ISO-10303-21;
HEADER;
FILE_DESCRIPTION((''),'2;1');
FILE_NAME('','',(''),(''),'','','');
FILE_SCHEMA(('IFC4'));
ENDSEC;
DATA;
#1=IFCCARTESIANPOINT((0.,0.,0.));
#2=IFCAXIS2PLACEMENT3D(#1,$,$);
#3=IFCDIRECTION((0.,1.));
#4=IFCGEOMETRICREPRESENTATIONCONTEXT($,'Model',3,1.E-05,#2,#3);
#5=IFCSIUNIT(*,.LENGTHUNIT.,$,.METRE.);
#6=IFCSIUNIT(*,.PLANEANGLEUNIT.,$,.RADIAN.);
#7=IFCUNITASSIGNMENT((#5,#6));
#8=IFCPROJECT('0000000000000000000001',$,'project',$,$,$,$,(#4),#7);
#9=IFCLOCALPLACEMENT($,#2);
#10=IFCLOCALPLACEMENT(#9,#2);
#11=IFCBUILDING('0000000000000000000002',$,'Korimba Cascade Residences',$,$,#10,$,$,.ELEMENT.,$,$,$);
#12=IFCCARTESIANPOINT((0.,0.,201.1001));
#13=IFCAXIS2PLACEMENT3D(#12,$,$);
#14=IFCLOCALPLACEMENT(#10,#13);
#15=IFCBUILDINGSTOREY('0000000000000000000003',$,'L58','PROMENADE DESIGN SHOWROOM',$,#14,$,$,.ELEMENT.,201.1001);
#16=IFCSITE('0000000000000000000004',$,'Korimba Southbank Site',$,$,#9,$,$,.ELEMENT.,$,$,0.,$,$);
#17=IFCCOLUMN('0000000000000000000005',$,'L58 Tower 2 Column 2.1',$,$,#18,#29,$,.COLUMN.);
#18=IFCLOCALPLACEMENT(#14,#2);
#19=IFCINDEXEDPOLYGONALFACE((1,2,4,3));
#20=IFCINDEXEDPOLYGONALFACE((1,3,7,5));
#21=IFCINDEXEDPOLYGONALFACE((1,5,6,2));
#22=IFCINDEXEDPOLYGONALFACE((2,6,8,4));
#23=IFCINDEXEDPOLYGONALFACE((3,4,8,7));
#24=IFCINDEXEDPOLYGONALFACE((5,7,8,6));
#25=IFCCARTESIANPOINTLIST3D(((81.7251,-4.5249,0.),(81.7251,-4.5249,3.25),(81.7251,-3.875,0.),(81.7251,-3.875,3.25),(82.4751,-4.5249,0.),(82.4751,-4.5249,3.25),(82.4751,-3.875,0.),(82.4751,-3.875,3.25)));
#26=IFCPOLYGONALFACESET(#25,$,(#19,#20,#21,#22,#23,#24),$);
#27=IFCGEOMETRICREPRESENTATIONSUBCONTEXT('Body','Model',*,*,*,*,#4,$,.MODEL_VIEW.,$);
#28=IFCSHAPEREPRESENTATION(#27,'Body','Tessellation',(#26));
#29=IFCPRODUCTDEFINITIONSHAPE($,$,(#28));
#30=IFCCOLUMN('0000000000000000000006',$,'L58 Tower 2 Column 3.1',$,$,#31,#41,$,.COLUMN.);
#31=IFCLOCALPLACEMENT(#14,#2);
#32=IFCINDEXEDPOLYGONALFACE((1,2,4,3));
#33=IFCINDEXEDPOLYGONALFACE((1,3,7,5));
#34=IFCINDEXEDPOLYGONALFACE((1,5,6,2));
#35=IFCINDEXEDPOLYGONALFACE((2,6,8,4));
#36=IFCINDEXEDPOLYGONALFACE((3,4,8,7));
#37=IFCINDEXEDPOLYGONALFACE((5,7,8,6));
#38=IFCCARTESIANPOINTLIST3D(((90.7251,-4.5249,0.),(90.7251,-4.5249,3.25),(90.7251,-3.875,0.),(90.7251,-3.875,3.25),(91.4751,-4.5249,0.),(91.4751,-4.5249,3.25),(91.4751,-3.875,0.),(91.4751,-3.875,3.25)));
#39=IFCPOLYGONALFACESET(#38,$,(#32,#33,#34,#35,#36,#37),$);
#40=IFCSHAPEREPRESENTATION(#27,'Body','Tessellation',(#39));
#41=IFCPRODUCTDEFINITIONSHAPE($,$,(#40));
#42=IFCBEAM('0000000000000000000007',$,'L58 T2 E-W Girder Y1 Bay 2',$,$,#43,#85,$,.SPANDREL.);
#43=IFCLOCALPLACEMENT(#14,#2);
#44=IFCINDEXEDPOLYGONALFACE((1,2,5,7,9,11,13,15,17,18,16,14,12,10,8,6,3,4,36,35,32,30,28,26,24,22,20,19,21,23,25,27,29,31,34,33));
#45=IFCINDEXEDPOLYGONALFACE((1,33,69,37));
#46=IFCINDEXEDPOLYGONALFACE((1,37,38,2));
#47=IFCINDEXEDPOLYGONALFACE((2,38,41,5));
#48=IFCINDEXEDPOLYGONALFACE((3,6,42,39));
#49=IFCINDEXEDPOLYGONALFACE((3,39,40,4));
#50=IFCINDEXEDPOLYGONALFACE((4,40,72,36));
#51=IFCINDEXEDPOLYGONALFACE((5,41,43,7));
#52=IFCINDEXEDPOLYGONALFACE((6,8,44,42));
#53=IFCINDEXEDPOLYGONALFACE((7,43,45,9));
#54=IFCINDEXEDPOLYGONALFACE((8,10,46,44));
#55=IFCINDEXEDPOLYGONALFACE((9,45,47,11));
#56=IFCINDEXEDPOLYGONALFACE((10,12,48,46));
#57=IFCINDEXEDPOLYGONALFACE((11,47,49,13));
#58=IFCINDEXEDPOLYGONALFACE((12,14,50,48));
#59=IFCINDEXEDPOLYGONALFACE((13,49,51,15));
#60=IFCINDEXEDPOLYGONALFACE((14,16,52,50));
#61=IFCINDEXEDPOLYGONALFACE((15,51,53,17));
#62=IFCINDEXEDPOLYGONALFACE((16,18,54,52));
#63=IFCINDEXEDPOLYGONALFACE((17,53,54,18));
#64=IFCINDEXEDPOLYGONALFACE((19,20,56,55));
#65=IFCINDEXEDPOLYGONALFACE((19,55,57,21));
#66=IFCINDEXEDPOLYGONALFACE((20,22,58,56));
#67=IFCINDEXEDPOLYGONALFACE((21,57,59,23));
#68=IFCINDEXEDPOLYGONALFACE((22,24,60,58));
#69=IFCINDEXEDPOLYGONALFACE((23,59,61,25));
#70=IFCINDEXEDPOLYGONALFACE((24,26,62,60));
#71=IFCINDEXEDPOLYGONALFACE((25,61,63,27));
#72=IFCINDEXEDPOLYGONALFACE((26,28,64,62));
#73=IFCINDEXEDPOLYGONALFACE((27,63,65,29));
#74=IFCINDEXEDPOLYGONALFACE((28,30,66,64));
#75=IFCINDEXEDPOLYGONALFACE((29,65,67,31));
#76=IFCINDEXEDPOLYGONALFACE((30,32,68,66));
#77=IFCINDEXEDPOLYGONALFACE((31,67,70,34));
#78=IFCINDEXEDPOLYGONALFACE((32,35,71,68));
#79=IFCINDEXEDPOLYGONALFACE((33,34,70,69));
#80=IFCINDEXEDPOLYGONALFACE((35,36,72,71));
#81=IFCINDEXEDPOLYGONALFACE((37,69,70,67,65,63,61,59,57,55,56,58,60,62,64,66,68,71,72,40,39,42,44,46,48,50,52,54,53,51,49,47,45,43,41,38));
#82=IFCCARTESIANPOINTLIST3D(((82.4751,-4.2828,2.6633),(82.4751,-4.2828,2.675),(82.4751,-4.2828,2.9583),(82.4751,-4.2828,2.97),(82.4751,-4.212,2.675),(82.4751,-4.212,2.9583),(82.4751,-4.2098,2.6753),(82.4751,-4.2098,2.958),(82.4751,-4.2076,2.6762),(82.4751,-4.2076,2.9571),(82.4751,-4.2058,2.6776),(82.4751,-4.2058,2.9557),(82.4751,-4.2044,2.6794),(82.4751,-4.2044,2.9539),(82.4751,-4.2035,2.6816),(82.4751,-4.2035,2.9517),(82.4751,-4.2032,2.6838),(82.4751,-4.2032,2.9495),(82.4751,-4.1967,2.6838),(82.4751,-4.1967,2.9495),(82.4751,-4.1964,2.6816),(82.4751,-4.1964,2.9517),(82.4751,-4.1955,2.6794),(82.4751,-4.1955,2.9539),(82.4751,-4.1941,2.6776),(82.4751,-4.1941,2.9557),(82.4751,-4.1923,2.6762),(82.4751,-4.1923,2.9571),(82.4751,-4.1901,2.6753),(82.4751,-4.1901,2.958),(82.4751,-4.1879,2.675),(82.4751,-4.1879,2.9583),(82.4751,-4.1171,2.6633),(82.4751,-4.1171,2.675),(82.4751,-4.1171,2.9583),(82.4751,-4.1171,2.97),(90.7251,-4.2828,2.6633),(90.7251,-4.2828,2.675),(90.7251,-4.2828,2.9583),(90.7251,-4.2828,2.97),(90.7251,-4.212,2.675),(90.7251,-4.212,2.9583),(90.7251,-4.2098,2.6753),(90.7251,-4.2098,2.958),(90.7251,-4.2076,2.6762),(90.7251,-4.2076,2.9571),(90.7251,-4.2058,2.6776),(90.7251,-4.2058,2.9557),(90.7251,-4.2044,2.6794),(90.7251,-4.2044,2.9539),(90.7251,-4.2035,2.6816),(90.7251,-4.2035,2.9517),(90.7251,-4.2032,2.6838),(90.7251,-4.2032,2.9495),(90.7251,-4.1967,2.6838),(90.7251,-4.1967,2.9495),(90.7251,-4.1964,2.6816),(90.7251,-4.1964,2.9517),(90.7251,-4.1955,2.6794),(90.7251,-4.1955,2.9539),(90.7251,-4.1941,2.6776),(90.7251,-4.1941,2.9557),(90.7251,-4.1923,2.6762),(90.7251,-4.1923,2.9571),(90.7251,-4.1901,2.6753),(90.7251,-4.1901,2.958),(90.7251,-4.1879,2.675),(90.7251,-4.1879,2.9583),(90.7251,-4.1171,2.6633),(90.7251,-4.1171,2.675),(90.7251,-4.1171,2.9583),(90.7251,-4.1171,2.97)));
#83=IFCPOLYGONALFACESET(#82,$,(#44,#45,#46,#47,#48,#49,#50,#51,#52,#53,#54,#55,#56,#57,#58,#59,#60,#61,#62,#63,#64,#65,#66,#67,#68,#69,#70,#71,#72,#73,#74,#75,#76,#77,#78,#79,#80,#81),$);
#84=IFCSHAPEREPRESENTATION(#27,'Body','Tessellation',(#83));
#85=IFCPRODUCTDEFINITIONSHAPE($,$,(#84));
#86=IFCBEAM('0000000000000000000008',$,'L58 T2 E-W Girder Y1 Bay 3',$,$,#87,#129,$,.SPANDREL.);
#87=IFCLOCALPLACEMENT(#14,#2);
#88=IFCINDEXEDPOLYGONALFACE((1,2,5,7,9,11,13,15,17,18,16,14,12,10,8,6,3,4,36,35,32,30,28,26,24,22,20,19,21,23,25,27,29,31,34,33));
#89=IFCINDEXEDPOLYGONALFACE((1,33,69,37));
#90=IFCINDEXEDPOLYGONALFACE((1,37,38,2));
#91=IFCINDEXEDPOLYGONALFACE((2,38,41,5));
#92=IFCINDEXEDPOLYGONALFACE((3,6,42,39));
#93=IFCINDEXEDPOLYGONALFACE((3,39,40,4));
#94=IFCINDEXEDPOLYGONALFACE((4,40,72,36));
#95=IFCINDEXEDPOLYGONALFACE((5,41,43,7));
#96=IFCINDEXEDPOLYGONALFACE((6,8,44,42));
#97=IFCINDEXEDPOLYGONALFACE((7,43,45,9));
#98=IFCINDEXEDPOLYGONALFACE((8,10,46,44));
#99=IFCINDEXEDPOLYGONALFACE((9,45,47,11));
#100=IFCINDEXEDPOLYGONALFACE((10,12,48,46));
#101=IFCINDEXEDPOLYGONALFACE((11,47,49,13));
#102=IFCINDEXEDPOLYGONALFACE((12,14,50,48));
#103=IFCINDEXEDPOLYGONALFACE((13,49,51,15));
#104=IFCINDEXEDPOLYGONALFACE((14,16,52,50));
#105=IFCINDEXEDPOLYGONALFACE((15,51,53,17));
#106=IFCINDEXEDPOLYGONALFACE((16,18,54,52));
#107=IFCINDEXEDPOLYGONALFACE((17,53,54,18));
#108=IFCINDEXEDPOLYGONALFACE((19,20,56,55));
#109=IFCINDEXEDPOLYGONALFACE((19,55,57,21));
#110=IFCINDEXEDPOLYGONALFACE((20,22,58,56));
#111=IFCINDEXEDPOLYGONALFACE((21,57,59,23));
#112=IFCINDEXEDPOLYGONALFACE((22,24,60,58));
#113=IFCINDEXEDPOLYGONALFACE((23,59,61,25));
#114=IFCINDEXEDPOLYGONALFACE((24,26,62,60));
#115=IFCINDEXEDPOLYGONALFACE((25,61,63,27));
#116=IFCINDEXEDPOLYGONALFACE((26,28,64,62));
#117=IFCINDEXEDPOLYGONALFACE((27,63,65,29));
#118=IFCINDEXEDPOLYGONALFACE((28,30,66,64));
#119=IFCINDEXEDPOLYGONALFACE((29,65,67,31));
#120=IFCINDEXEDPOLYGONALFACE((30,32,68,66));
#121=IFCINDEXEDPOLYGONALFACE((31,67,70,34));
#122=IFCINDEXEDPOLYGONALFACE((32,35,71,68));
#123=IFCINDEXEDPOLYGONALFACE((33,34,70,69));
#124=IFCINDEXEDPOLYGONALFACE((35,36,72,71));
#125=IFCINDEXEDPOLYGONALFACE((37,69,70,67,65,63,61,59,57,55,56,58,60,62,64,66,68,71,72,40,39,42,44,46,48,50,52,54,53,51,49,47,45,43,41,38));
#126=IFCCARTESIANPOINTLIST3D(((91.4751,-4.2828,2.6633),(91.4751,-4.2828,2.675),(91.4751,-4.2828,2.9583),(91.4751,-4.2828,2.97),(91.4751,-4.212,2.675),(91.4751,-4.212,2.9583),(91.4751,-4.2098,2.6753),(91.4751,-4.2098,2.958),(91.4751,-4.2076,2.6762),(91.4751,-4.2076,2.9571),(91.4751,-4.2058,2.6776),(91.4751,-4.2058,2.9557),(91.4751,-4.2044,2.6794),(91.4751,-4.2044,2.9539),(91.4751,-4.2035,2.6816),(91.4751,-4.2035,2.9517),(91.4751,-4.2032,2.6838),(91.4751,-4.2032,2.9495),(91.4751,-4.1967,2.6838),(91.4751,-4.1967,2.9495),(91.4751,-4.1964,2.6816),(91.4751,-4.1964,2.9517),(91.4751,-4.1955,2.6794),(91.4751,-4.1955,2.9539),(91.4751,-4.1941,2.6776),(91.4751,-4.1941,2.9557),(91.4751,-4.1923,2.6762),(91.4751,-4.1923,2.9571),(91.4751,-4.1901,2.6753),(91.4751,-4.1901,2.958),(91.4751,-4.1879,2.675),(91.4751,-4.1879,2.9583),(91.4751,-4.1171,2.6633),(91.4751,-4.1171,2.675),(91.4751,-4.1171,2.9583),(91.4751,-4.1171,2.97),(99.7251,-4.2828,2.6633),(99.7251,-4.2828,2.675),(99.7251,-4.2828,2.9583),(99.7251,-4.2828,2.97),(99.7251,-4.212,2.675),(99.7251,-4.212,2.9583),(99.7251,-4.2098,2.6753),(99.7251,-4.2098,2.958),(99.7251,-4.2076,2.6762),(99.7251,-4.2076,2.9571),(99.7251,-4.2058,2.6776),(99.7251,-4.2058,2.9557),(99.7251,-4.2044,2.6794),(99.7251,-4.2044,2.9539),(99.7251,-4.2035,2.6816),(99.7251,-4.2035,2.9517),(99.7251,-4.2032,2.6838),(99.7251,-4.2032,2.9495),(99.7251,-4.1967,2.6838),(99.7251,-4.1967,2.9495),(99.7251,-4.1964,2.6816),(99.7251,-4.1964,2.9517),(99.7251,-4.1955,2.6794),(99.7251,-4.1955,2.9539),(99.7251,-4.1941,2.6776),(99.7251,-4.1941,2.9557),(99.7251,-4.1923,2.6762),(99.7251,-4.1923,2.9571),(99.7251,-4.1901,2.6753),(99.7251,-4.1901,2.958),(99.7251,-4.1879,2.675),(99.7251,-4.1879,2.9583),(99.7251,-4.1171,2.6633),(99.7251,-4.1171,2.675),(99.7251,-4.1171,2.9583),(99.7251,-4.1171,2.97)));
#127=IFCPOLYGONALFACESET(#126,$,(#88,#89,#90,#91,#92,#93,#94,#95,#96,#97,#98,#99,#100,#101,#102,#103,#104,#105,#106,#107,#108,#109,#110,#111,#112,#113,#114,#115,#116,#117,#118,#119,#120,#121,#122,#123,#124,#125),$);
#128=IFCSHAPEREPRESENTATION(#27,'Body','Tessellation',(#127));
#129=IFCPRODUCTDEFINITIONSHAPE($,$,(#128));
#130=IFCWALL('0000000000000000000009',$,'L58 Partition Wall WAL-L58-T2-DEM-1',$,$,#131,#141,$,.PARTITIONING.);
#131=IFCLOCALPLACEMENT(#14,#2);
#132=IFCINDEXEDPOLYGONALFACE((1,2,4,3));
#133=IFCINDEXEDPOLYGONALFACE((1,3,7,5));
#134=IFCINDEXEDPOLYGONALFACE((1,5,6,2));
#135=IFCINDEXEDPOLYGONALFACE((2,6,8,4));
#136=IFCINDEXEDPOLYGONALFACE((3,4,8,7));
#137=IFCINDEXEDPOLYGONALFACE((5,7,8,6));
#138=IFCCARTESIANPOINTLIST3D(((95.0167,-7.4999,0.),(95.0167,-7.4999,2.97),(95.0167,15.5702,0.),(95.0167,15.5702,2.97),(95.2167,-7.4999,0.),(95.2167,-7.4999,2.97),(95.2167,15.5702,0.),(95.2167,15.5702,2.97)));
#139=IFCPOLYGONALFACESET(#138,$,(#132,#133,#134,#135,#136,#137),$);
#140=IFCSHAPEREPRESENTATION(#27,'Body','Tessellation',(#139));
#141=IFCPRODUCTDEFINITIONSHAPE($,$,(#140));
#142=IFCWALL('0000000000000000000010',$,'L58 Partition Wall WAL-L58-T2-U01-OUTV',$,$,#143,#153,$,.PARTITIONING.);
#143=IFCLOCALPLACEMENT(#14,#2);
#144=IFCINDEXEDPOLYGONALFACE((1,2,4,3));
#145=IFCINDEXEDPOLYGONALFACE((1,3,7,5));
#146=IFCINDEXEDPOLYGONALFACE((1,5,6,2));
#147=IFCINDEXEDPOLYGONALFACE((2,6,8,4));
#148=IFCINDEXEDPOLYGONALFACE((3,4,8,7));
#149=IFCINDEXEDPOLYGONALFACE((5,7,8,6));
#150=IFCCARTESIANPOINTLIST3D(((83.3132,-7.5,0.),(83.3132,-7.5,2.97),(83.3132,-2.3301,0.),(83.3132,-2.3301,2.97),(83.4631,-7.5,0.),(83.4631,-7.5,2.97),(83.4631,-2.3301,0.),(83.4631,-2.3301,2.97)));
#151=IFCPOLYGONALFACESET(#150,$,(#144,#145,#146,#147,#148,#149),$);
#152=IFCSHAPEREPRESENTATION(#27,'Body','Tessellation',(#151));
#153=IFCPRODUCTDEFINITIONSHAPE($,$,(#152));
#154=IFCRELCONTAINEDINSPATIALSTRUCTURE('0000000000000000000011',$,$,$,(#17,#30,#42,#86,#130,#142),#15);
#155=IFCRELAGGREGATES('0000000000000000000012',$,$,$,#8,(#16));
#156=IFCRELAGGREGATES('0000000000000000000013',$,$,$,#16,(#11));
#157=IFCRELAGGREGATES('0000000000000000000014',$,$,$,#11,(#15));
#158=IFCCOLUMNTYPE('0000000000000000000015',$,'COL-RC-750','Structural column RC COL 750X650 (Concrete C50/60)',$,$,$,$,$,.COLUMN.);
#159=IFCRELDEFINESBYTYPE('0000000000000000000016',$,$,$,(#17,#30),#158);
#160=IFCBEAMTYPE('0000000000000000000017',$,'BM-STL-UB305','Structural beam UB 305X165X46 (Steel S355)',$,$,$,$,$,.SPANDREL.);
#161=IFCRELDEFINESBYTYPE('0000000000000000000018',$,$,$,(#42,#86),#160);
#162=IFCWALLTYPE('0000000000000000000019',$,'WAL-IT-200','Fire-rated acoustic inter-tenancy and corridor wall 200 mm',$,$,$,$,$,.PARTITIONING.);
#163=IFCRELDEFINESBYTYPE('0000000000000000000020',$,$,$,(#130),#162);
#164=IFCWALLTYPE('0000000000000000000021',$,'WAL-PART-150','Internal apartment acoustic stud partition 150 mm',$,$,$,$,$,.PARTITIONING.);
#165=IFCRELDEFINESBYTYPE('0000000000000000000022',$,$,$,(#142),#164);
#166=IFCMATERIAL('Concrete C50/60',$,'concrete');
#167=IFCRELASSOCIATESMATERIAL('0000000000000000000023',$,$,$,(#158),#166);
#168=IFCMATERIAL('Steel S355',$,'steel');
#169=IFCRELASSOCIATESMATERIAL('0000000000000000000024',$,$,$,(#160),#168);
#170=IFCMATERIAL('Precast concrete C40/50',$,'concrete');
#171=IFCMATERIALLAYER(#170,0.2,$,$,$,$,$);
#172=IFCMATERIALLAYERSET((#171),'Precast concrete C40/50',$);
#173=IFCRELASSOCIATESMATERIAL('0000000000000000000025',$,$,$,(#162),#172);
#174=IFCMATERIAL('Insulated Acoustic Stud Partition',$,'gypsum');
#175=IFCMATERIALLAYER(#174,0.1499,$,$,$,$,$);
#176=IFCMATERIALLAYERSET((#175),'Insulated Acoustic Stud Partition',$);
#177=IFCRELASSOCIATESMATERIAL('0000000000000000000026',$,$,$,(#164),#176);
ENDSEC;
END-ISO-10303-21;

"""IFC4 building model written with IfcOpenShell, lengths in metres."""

from ifc_helpers import new_model, si_unit, direction, frame, frame_2d, origin, origin_2d, place, context, subcontext, project, spatial, rectangle, i_section, extrude, material, layer, layer_set, material_profile, profile_set, type_object, element, save


model = new_model("IFC4")

# Units and contexts
model_context = context("Model", 3, precision=1e-05, world=origin(), true_north=direction((0.0, 1.0)))
body_context = subcontext(model_context, "Body", "Model", "MODEL_VIEW")
ifc_project = project(units=[si_unit("LENGTHUNIT", "METRE"), si_unit("PLANEANGLEUNIT", "RADIAN")], contexts=[model_context])

# Site, building, storey
site_placement = place(None, origin())
site = spatial("IfcSite", under=ifc_project, at=site_placement, Name="Korimba Southbank Site", CompositionType="ELEMENT", RefElevation=0.0)
building_placement = place(site_placement, origin())
building = spatial("IfcBuilding", under=site, at=building_placement, Name="Korimba Cascade Residences", CompositionType="ELEMENT")
storey_placement = place(building_placement, frame((0.0, 0.0, 201.1001)))
storey = spatial("IfcBuildingStorey", under=building, at=storey_placement, Name="L58", Description="PROMENADE DESIGN SHOWROOM", CompositionType="ELEMENT", Elevation=201.1001)

# Columns
ifc_material_1 = material(Name="Concrete C50/60", Category="concrete")
ifc_material_profile_1 = material_profile(ifc_material_1, rectangle(XDim=0.75, YDim=0.6499, at=origin_2d()), Name="Concrete C50/60")
ifc_profile_set_1 = profile_set([ifc_material_profile_1], Name="Concrete C50/60")
column_type = type_object("IfcColumnType", Name="COL-RC-750", Description="Structural column RC COL 750X650 (Concrete C50/60)", PredefinedType="COLUMN", material=ifc_profile_set_1)
for number, where, z_axis, x_axis, name in (
    (1, (82.1001, -4.2, 0.0), (0.0, 0.0, 1.0), (1.0, 0.0, 0.0), "L58 Tower 2 Column 2.1"),
    (2, (91.1001, -4.2, 0.0), (0.0, 0.0, 1.0), (1.0, 0.0, 0.0), "L58 Tower 2 Column 3.1"),
):
    element("IfcColumn", number, at=place(storey_placement, frame(where, z_axis=z_axis, x_axis=x_axis)), inside=storey, type_object=column_type, Name=name, PredefinedType="COLUMN", context=body_context, shape_type="SweptSolid", body=[
        extrude(rectangle(XDim=0.75, YDim=0.6499, at=origin_2d()), origin(), (0.0, 0.0, 1.0), 3.25),
    ])

# Beams
ifc_material_2 = material(Name="Steel S355", Category="steel")
ifc_material_profile_2 = material_profile(ifc_material_2, i_section(OverallWidth=0.1658, OverallDepth=0.3066, WebThickness=0.0066, FlangeThickness=0.0117, FilletRadius=0.0088, at=origin_2d()), Name="Steel S355")
ifc_profile_set_2 = profile_set([ifc_material_profile_2], Name="Steel S355")
beam_type = type_object("IfcBeamType", Name="BM-STL-UB305", Description="Structural beam UB 305X165X46 (Steel S355)", PredefinedType="SPANDREL", material=ifc_profile_set_2)
for number, where, z_axis, x_axis, name in (
    (3, (82.4751, -4.2, 2.8167), (1.0, 0.0, 0.0), (0.0, 1.0, 0.0), "L58 T2 E-W Girder Y1 Bay 2"),
    (4, (91.4751, -4.2, 2.8167), (1.0, 0.0, 0.0), (0.0, 1.0, 0.0), "L58 T2 E-W Girder Y1 Bay 3"),
):
    element("IfcBeam", number, at=place(storey_placement, frame(where, z_axis=z_axis, x_axis=x_axis)), inside=storey, type_object=beam_type, Name=name, PredefinedType="SPANDREL", context=body_context, shape_type="SweptSolid", body=[
        extrude(i_section(OverallWidth=0.1658, OverallDepth=0.3066, WebThickness=0.0066, FlangeThickness=0.0117, FilletRadius=0.0088, at=origin_2d()), origin(), (0.0, 0.0, 1.0), 8.25),
    ])

# Walls
ifc_material_3 = material(Name="Precast concrete C40/50", Category="concrete")
ifc_layer_1 = layer(ifc_material_3, 0.2)
ifc_layer_set_1 = layer_set([ifc_layer_1], Name="Precast concrete C40/50")
wall_type_1 = type_object("IfcWallType", Name="WAL-IT-200", Description="Fire-rated acoustic inter-tenancy and corridor wall 200 mm", PredefinedType="PARTITIONING", material=ifc_layer_set_1)
wall_1_placement = place(storey_placement, frame((95.1167, -7.5, 0.0), z_axis=(0.0, 0.0, 1.0), x_axis=(0.0, 1.0, 0.0)))
element("IfcWall", 5, at=wall_1_placement, inside=storey, type_object=wall_type_1, Name="L58 Partition Wall WAL-L58-T2-DEM-1", PredefinedType="PARTITIONING", context=body_context, shape_type="SweptSolid", body=[
    extrude(rectangle(XDim=23.0701, YDim=0.2, at=frame_2d((11.5352, 0.0))), origin(), (0.0, 0.0, 1.0), 2.97),
])
ifc_material_4 = material(Name="Insulated Acoustic Stud Partition", Category="gypsum")
ifc_layer_2 = layer(ifc_material_4, 0.1499)
ifc_layer_set_2 = layer_set([ifc_layer_2], Name="Insulated Acoustic Stud Partition")
wall_type_2 = type_object("IfcWallType", Name="WAL-PART-150", Description="Internal apartment acoustic stud partition 150 mm", PredefinedType="PARTITIONING", material=ifc_layer_set_2)
wall_2_placement = place(storey_placement, frame((83.3882, -7.5, 0.0), z_axis=(0.0, 0.0, 1.0), x_axis=(0.0, 1.0, 0.0)))
element("IfcWall", 6, at=wall_2_placement, inside=storey, type_object=wall_type_2, Name="L58 Partition Wall WAL-L58-T2-U01-OUTV", PredefinedType="PARTITIONING", context=body_context, shape_type="SweptSolid", body=[
    extrude(rectangle(XDim=5.1699, YDim=0.1499, at=frame_2d((2.585, 0.0))), origin(), (0.0, 0.0, 1.0), 2.97),
])

save(model, "model.ifc")
